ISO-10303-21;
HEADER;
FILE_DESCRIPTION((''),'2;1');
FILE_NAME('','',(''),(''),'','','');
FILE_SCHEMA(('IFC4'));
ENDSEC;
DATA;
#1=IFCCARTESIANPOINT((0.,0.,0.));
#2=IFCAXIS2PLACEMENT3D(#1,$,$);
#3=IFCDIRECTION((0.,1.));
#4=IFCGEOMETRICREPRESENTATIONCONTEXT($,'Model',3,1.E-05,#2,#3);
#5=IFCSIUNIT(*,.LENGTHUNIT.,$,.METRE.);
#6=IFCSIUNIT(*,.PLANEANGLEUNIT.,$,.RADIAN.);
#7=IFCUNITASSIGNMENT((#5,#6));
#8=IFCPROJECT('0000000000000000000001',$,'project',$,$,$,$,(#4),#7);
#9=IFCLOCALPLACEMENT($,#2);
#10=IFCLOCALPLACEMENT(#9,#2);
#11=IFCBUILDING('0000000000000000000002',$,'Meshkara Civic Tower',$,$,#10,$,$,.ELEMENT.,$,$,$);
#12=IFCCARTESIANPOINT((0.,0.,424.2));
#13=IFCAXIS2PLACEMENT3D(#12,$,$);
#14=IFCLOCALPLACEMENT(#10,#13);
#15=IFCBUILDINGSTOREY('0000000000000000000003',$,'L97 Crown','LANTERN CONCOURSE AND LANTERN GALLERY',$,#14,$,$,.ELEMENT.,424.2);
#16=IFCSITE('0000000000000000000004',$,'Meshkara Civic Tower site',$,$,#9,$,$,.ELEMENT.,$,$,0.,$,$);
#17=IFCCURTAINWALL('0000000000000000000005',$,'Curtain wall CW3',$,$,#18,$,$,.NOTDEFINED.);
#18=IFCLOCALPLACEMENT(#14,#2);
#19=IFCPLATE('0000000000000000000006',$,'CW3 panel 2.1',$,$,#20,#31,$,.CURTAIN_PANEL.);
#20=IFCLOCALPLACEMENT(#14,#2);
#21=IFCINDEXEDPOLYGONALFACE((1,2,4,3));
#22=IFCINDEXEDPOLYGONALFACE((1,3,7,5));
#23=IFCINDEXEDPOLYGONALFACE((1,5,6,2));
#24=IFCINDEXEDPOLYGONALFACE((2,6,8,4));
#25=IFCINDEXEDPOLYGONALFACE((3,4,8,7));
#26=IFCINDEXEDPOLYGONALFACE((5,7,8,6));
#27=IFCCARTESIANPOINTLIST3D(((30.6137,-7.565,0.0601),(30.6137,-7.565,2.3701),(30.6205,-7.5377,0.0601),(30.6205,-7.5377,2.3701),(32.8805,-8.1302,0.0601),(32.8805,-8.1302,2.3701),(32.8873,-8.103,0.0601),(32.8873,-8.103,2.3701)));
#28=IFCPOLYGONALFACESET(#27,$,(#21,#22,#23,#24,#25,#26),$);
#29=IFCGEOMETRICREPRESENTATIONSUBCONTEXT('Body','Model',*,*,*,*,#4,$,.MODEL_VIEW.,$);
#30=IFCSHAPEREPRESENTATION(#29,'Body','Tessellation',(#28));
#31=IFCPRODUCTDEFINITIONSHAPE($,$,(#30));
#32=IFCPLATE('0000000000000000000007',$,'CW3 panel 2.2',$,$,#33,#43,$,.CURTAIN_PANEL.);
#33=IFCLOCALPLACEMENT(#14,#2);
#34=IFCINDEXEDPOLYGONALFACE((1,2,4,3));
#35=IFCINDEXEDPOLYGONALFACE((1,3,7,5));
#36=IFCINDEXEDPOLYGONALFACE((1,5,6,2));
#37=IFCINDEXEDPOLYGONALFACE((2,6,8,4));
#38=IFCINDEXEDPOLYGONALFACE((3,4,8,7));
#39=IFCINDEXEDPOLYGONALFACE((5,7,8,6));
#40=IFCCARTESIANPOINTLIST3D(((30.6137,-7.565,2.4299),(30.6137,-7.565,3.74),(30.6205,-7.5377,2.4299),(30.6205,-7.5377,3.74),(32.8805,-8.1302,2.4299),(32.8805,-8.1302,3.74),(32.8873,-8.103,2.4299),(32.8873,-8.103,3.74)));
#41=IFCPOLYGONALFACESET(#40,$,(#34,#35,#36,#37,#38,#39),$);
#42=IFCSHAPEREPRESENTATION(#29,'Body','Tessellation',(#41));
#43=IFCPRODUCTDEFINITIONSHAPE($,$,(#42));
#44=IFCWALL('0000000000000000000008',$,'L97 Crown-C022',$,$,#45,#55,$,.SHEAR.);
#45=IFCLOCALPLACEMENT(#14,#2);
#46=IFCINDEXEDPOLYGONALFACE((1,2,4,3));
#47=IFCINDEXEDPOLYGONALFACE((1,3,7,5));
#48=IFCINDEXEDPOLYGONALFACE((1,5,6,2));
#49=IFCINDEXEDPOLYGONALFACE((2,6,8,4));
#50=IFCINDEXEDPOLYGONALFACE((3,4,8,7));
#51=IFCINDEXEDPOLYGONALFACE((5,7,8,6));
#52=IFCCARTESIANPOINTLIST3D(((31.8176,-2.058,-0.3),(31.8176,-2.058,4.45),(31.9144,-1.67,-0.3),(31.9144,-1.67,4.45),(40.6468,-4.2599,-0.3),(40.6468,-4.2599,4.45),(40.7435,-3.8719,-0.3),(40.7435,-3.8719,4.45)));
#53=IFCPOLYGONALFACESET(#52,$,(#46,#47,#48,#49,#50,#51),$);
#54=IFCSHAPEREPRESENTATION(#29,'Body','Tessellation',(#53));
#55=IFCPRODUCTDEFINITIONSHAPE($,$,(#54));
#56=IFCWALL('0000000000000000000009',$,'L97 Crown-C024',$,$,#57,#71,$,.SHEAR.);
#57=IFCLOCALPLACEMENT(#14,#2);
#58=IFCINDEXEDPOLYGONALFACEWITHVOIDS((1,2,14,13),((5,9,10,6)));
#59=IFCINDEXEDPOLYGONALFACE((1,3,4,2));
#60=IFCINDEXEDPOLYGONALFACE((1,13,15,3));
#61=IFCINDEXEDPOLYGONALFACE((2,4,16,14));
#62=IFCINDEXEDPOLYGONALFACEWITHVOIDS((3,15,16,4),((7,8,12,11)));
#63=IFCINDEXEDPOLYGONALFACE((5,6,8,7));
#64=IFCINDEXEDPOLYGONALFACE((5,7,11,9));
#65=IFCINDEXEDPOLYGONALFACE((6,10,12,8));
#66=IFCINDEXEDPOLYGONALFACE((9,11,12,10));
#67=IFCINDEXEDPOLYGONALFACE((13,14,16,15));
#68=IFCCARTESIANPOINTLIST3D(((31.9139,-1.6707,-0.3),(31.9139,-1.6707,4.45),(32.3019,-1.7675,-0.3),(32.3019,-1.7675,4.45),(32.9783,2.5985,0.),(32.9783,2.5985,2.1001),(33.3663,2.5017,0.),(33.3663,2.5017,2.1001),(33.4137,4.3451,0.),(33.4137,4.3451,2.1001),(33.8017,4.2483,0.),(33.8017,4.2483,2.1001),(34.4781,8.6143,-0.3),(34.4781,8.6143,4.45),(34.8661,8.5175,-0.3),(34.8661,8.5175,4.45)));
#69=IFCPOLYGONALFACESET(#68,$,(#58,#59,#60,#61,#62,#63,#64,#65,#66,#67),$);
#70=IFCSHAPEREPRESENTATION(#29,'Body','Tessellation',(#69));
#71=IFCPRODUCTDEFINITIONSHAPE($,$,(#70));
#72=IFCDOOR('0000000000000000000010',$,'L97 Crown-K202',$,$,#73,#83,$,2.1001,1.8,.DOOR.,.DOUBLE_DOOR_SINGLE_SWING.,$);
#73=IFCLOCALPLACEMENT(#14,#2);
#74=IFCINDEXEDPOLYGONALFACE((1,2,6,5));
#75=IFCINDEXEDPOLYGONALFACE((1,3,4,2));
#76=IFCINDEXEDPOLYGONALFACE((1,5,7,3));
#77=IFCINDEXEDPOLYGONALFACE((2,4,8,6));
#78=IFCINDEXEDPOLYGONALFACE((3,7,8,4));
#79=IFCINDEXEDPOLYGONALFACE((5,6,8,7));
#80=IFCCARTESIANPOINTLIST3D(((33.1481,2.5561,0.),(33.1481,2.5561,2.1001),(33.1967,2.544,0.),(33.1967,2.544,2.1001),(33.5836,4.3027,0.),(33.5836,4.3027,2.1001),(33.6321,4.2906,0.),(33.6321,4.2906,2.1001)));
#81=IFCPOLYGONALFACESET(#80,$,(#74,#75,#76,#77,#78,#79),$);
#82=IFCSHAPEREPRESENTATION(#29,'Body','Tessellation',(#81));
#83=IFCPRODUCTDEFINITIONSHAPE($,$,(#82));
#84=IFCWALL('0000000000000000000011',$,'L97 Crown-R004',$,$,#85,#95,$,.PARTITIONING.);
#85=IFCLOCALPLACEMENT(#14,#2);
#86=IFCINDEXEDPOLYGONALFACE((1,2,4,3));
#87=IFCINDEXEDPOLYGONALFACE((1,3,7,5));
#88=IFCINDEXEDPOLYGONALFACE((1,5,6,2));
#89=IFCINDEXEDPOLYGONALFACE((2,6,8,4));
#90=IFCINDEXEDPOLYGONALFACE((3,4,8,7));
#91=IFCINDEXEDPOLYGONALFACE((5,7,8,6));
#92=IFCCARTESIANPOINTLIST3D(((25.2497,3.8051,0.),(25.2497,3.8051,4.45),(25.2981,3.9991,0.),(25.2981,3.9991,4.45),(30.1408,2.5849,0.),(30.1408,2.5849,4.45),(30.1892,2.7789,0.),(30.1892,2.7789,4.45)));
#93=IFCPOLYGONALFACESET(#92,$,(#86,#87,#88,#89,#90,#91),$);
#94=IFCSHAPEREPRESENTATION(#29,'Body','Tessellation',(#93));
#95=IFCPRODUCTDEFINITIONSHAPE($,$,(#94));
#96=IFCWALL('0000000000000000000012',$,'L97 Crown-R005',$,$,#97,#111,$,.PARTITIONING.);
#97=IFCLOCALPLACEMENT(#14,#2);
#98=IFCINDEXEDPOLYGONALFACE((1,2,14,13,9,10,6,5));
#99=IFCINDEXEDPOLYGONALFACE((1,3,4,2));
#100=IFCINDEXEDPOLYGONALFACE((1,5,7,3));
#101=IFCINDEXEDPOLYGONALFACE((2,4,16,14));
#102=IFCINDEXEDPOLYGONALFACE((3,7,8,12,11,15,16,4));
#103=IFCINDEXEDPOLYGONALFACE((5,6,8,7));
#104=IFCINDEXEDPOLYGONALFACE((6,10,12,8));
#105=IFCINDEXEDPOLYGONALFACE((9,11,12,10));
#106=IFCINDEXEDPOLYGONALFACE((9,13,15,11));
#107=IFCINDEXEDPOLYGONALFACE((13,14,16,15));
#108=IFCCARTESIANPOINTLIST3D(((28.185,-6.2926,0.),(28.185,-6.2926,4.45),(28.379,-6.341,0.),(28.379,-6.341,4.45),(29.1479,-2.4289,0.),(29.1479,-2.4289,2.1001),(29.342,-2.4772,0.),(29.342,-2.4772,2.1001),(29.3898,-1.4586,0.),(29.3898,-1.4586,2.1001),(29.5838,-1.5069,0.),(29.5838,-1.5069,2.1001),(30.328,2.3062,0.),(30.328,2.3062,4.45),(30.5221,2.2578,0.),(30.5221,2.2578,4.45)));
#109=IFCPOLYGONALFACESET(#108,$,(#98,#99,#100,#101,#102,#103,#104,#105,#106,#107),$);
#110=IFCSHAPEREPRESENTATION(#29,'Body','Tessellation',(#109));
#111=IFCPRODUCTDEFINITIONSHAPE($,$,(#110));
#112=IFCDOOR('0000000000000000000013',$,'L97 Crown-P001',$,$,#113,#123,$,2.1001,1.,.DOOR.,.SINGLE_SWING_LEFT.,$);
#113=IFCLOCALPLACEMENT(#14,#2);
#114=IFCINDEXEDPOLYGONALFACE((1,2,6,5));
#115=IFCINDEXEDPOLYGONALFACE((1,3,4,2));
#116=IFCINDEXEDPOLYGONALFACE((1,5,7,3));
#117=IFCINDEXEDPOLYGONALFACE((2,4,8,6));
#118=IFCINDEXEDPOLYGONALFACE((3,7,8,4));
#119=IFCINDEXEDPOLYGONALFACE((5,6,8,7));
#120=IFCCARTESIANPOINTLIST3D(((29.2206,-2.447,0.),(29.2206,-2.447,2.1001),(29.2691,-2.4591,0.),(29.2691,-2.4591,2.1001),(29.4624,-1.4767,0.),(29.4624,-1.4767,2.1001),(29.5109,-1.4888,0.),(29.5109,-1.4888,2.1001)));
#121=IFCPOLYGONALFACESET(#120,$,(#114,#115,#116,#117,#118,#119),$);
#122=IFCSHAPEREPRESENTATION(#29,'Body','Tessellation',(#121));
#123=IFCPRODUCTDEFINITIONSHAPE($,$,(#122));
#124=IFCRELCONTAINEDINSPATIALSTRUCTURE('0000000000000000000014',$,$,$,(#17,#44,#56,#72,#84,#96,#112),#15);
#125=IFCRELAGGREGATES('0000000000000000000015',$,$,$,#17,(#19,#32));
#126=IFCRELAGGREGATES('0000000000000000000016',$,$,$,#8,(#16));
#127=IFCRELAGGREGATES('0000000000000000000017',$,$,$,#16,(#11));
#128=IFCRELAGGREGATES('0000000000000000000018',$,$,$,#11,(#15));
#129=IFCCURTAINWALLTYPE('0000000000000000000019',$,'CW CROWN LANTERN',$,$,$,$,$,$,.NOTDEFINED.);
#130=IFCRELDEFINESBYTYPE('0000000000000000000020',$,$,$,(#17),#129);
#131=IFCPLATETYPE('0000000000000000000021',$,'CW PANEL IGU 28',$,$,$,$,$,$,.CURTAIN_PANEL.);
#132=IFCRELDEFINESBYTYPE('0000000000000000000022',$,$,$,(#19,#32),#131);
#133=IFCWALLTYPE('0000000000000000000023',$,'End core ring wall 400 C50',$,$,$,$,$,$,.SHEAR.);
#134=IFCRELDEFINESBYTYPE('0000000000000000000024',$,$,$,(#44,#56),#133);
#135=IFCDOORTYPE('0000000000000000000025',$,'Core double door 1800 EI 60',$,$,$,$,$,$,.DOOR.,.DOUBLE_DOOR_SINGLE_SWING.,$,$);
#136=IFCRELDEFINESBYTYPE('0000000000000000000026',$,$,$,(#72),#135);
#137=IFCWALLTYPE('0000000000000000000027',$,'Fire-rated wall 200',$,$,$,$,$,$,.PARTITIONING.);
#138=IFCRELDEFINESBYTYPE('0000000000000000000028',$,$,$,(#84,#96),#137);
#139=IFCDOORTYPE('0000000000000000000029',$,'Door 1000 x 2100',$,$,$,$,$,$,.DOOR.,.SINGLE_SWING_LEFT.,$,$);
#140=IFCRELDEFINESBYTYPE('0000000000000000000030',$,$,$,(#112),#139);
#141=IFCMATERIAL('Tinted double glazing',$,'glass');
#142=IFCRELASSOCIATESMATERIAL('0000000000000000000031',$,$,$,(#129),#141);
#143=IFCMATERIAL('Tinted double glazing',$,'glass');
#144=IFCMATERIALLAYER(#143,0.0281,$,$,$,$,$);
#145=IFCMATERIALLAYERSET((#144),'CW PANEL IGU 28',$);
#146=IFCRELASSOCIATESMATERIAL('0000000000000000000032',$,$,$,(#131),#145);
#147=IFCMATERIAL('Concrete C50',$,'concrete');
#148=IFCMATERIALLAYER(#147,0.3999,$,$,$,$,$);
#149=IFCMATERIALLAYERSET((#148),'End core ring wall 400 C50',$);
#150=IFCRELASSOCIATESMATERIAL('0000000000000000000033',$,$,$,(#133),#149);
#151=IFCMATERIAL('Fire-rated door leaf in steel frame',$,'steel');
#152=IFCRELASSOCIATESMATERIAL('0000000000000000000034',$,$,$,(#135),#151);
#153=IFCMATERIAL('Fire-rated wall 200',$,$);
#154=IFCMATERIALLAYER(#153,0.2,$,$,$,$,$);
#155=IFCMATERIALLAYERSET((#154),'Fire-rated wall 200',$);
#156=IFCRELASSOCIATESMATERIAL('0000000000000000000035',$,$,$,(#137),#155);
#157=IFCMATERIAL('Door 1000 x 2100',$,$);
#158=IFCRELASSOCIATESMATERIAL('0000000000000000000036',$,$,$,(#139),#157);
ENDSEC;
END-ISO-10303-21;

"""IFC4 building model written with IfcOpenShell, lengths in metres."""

from ifc_helpers import new_model, si_unit, direction, frame, frame_2d, origin, origin_2d, place, context, subcontext, project, spatial, rectangle, extrude, material, layer, layer_set, type_object, element, fill, aggregate, save


model = new_model("IFC4")

# Units and contexts
model_context = context("Model", 3, precision=1e-05, world=origin(), true_north=direction((0.0, 1.0)))
body_context = subcontext(model_context, "Body", "Model", "MODEL_VIEW")
ifc_project = project(units=[si_unit("LENGTHUNIT", "METRE"), si_unit("PLANEANGLEUNIT", "RADIAN")], contexts=[model_context])

# Site, building, storey
site_placement = place(None, origin())
site = spatial("IfcSite", under=ifc_project, at=site_placement, Name="Meshkara Civic Tower site", CompositionType="ELEMENT", RefElevation=0.0)
building_placement = place(site_placement, origin())
building = spatial("IfcBuilding", under=site, at=building_placement, Name="Meshkara Civic Tower", CompositionType="ELEMENT")
storey_placement = place(building_placement, frame((0.0, 0.0, 424.2)))
storey = spatial("IfcBuildingStorey", under=building, at=storey_placement, Name="L97 Crown", Description="LANTERN CONCOURSE AND LANTERN GALLERY", CompositionType="ELEMENT", Elevation=424.2)

# Curtain wall
ifc_material_1 = material(Name="Tinted double glazing", Category="glass")
curtain_wall_type = type_object("IfcCurtainWallType", Name="CW CROWN LANTERN", PredefinedType="NOTDEFINED", material=ifc_material_1)
curtain_wall_1_placement = place(storey_placement, origin())
curtain_wall_1 = element("IfcCurtainWall", 1, at=curtain_wall_1_placement, inside=storey, type_object=curtain_wall_type, Name="Curtain wall CW3", PredefinedType="NOTDEFINED")

# Plates
ifc_material_2 = material(Name="Tinted double glazing", Category="glass")
ifc_layer_1 = layer(ifc_material_2, 0.0281)
ifc_layer_set_1 = layer_set([ifc_layer_1], Name="CW PANEL IGU 28")
plate_type = type_object("IfcPlateType", Name="CW PANEL IGU 28", PredefinedType="CURTAIN_PANEL", material=ifc_layer_set_1)
plate_1_placement = place(storey_placement, frame((31.7505, -7.834, 0.0601), z_axis=(0.0, 0.0, 1.0), x_axis=(0.970288, -0.241954, 0.0)))
plate_1 = element("IfcPlate", 2, at=plate_1_placement, type_object=plate_type, Name="CW3 panel 2.1", PredefinedType="CURTAIN_PANEL", context=body_context, shape_type="SweptSolid", body=[
    extrude(rectangle(XDim=2.3362, YDim=0.0281, at=origin_2d()), origin(), (0.0, 0.0, 1.0), 2.3101),
])
plate_2_placement = place(storey_placement, frame((31.7505, -7.834, 2.4299), z_axis=(0.0, 0.0, 1.0), x_axis=(0.970288, -0.241954, 0.0)))
plate_2 = element("IfcPlate", 3, at=plate_2_placement, type_object=plate_type, Name="CW3 panel 2.2", PredefinedType="CURTAIN_PANEL", context=body_context, shape_type="SweptSolid", body=[
    extrude(rectangle(XDim=2.3362, YDim=0.0281, at=origin_2d()), origin(), (0.0, 0.0, 1.0), 1.3101),
])
aggregate(curtain_wall_1, [plate_1, plate_2])

# Wall
ifc_material_3 = material(Name="Concrete C50", Category="concrete")
ifc_layer_2 = layer(ifc_material_3, 0.3999)
ifc_layer_set_2 = layer_set([ifc_layer_2], Name="End core ring wall 400 C50")
wall_type_1 = type_object("IfcWallType", Name="End core ring wall 400 C50", PredefinedType="SHEAR", material=ifc_layer_set_2)
wall_1_placement = place(storey_placement, frame((31.866, -1.864, -0.3), z_axis=(0.0, 0.0, 1.0), x_axis=(0.970281, -0.24198, 0.0)))
element("IfcWall", 4, at=wall_1_placement, inside=storey, type_object=wall_type_1, Name="L97 Crown-C022", PredefinedType="SHEAR", context=body_context, shape_type="SweptSolid", body=[
    extrude(rectangle(XDim=9.0996, YDim=0.3999, at=frame_2d((4.5498, 0.0))), origin(), (0.0, 0.0, 1.0), 4.75),
])

# Wall, opening, door
wall_2_placement = place(storey_placement, frame((32.1079, -1.719, -0.3), z_axis=(0.0, 0.0, 1.0), x_axis=(0.241912, 0.970298, 0.0)))
wall_2 = element("IfcWall", 5, at=wall_2_placement, inside=storey, type_object=wall_type_1, Name="L97 Crown-C024", PredefinedType="SHEAR", context=body_context, shape_type="SweptSolid", body=[
    extrude(rectangle(XDim=10.5999, YDim=0.3999, at=frame_2d((5.2998, 0.0))), origin(), (0.0, 0.0, 1.0), 4.75),
])
opening_1_placement = place(wall_2_placement, frame((4.3999, 0.0, 0.3)))
opening_1 = element("IfcOpeningElement", 6, at=opening_1_placement, cuts=wall_2, PredefinedType="OPENING", context=body_context, shape_type="SweptSolid", body=[
    extrude(rectangle(XDim=1.8, YDim=2.1001, at=frame_2d((0.8999, 1.05))), frame((0.0, 0.21, 0.0), z_axis=(0.0, -1.0, 0.0), x_axis=(1.0, 0.0, 0.0)), (0.0, 0.0, 1.0), 0.4199),
])
ifc_material_4 = material(Name="Fire-rated door leaf in steel frame", Category="steel")
door_type_1 = type_object("IfcDoorType", Name="Core double door 1800 EI 60", OperationType="DOUBLE_DOOR_SINGLE_SWING", PredefinedType="DOOR", material=ifc_material_4)
door_1_placement = place(opening_1_placement, origin())
door_1 = element("IfcDoor", 7, at=door_1_placement, inside=storey, type_object=door_type_1, Name="L97 Crown-K202", OperationType="DOUBLE_DOOR_SINGLE_SWING", OverallHeight=2.1001, OverallWidth=1.8, PredefinedType="DOOR", context=body_context, shape_type="SweptSolid", body=[
    extrude(rectangle(XDim=1.8, YDim=2.1001, at=frame_2d((0.8999, 1.05))), frame((0.0, 0.0249, 0.0), z_axis=(0.0, -1.0, 0.0), x_axis=(1.0, 0.0, 0.0)), (0.0, 0.0, 1.0), 0.05),
])
fill(opening_1, door_1)

# Wall
ifc_material_5 = material(Name="Fire-rated wall 200")
ifc_layer_3 = layer(ifc_material_5, 0.2)
ifc_layer_set_3 = layer_set([ifc_layer_3], Name="Fire-rated wall 200")
wall_type_2 = type_object("IfcWallType", Name="Fire-rated wall 200", PredefinedType="PARTITIONING", material=ifc_layer_set_3)
wall_3_placement = place(storey_placement, frame((25.2739, 3.9021, 0.0), z_axis=(0.0, 0.0, 1.0), x_axis=(0.970262, -0.242057, 0.0)))
element("IfcWall", 8, at=wall_3_placement, inside=storey, type_object=wall_type_2, Name="L97 Crown-R004", PredefinedType="PARTITIONING", context=body_context, shape_type="SweptSolid", body=[
    extrude(rectangle(XDim=5.041, YDim=0.2, at=frame_2d((2.5205, 0.0))), origin(), (0.0, 0.0, 1.0), 4.45),
])

# Wall, opening, door
wall_4_placement = place(storey_placement, frame((30.425, 2.282, 0.0), z_axis=(0.0, 0.0, 1.0), x_axis=(-0.241829, -0.970319, 0.0)))
wall_4 = element("IfcWall", 9, at=wall_4_placement, inside=storey, type_object=wall_type_2, Name="L97 Crown-R005", PredefinedType="PARTITIONING", context=body_context, shape_type="SweptSolid", body=[
    extrude(rectangle(XDim=8.8618, YDim=0.2, at=frame_2d((4.4309, 0.0))), origin(), (0.0, 0.0, 1.0), 4.45),
])
opening_2_placement = place(wall_4_placement, frame((3.8799, 0.0, 0.0)))
opening_2 = element("IfcOpeningElement", 10, at=opening_2_placement, cuts=wall_4, PredefinedType="OPENING", context=body_context, shape_type="SweptSolid", body=[
    extrude(rectangle(XDim=1.0, YDim=2.1001, at=frame_2d((0.5, 1.05))), frame((0.0, 0.1099, 0.0), z_axis=(0.0, -1.0, 0.0), x_axis=(1.0, 0.0, 0.0)), (0.0, 0.0, 1.0), 0.22),
])
ifc_material_6 = material(Name="Door 1000 x 2100")
door_type_2 = type_object("IfcDoorType", Name="Door 1000 x 2100", OperationType="SINGLE_SWING_LEFT", PredefinedType="DOOR", material=ifc_material_6)
door_2_placement = place(opening_2_placement, origin())
door_2 = element("IfcDoor", 11, at=door_2_placement, inside=storey, type_object=door_type_2, Name="L97 Crown-P001", OperationType="SINGLE_SWING_LEFT", OverallHeight=2.1001, OverallWidth=1.0, PredefinedType="DOOR", context=body_context, shape_type="SweptSolid", body=[
    extrude(rectangle(XDim=1.0, YDim=2.1001, at=frame_2d((0.5, 1.05))), frame((0.0, 0.0249, 0.0), z_axis=(0.0, -1.0, 0.0), x_axis=(1.0, 0.0, 0.0)), (0.0, 0.0, 1.0), 0.05),
])
fill(opening_2, door_2)

save(model, "model.ifc")
